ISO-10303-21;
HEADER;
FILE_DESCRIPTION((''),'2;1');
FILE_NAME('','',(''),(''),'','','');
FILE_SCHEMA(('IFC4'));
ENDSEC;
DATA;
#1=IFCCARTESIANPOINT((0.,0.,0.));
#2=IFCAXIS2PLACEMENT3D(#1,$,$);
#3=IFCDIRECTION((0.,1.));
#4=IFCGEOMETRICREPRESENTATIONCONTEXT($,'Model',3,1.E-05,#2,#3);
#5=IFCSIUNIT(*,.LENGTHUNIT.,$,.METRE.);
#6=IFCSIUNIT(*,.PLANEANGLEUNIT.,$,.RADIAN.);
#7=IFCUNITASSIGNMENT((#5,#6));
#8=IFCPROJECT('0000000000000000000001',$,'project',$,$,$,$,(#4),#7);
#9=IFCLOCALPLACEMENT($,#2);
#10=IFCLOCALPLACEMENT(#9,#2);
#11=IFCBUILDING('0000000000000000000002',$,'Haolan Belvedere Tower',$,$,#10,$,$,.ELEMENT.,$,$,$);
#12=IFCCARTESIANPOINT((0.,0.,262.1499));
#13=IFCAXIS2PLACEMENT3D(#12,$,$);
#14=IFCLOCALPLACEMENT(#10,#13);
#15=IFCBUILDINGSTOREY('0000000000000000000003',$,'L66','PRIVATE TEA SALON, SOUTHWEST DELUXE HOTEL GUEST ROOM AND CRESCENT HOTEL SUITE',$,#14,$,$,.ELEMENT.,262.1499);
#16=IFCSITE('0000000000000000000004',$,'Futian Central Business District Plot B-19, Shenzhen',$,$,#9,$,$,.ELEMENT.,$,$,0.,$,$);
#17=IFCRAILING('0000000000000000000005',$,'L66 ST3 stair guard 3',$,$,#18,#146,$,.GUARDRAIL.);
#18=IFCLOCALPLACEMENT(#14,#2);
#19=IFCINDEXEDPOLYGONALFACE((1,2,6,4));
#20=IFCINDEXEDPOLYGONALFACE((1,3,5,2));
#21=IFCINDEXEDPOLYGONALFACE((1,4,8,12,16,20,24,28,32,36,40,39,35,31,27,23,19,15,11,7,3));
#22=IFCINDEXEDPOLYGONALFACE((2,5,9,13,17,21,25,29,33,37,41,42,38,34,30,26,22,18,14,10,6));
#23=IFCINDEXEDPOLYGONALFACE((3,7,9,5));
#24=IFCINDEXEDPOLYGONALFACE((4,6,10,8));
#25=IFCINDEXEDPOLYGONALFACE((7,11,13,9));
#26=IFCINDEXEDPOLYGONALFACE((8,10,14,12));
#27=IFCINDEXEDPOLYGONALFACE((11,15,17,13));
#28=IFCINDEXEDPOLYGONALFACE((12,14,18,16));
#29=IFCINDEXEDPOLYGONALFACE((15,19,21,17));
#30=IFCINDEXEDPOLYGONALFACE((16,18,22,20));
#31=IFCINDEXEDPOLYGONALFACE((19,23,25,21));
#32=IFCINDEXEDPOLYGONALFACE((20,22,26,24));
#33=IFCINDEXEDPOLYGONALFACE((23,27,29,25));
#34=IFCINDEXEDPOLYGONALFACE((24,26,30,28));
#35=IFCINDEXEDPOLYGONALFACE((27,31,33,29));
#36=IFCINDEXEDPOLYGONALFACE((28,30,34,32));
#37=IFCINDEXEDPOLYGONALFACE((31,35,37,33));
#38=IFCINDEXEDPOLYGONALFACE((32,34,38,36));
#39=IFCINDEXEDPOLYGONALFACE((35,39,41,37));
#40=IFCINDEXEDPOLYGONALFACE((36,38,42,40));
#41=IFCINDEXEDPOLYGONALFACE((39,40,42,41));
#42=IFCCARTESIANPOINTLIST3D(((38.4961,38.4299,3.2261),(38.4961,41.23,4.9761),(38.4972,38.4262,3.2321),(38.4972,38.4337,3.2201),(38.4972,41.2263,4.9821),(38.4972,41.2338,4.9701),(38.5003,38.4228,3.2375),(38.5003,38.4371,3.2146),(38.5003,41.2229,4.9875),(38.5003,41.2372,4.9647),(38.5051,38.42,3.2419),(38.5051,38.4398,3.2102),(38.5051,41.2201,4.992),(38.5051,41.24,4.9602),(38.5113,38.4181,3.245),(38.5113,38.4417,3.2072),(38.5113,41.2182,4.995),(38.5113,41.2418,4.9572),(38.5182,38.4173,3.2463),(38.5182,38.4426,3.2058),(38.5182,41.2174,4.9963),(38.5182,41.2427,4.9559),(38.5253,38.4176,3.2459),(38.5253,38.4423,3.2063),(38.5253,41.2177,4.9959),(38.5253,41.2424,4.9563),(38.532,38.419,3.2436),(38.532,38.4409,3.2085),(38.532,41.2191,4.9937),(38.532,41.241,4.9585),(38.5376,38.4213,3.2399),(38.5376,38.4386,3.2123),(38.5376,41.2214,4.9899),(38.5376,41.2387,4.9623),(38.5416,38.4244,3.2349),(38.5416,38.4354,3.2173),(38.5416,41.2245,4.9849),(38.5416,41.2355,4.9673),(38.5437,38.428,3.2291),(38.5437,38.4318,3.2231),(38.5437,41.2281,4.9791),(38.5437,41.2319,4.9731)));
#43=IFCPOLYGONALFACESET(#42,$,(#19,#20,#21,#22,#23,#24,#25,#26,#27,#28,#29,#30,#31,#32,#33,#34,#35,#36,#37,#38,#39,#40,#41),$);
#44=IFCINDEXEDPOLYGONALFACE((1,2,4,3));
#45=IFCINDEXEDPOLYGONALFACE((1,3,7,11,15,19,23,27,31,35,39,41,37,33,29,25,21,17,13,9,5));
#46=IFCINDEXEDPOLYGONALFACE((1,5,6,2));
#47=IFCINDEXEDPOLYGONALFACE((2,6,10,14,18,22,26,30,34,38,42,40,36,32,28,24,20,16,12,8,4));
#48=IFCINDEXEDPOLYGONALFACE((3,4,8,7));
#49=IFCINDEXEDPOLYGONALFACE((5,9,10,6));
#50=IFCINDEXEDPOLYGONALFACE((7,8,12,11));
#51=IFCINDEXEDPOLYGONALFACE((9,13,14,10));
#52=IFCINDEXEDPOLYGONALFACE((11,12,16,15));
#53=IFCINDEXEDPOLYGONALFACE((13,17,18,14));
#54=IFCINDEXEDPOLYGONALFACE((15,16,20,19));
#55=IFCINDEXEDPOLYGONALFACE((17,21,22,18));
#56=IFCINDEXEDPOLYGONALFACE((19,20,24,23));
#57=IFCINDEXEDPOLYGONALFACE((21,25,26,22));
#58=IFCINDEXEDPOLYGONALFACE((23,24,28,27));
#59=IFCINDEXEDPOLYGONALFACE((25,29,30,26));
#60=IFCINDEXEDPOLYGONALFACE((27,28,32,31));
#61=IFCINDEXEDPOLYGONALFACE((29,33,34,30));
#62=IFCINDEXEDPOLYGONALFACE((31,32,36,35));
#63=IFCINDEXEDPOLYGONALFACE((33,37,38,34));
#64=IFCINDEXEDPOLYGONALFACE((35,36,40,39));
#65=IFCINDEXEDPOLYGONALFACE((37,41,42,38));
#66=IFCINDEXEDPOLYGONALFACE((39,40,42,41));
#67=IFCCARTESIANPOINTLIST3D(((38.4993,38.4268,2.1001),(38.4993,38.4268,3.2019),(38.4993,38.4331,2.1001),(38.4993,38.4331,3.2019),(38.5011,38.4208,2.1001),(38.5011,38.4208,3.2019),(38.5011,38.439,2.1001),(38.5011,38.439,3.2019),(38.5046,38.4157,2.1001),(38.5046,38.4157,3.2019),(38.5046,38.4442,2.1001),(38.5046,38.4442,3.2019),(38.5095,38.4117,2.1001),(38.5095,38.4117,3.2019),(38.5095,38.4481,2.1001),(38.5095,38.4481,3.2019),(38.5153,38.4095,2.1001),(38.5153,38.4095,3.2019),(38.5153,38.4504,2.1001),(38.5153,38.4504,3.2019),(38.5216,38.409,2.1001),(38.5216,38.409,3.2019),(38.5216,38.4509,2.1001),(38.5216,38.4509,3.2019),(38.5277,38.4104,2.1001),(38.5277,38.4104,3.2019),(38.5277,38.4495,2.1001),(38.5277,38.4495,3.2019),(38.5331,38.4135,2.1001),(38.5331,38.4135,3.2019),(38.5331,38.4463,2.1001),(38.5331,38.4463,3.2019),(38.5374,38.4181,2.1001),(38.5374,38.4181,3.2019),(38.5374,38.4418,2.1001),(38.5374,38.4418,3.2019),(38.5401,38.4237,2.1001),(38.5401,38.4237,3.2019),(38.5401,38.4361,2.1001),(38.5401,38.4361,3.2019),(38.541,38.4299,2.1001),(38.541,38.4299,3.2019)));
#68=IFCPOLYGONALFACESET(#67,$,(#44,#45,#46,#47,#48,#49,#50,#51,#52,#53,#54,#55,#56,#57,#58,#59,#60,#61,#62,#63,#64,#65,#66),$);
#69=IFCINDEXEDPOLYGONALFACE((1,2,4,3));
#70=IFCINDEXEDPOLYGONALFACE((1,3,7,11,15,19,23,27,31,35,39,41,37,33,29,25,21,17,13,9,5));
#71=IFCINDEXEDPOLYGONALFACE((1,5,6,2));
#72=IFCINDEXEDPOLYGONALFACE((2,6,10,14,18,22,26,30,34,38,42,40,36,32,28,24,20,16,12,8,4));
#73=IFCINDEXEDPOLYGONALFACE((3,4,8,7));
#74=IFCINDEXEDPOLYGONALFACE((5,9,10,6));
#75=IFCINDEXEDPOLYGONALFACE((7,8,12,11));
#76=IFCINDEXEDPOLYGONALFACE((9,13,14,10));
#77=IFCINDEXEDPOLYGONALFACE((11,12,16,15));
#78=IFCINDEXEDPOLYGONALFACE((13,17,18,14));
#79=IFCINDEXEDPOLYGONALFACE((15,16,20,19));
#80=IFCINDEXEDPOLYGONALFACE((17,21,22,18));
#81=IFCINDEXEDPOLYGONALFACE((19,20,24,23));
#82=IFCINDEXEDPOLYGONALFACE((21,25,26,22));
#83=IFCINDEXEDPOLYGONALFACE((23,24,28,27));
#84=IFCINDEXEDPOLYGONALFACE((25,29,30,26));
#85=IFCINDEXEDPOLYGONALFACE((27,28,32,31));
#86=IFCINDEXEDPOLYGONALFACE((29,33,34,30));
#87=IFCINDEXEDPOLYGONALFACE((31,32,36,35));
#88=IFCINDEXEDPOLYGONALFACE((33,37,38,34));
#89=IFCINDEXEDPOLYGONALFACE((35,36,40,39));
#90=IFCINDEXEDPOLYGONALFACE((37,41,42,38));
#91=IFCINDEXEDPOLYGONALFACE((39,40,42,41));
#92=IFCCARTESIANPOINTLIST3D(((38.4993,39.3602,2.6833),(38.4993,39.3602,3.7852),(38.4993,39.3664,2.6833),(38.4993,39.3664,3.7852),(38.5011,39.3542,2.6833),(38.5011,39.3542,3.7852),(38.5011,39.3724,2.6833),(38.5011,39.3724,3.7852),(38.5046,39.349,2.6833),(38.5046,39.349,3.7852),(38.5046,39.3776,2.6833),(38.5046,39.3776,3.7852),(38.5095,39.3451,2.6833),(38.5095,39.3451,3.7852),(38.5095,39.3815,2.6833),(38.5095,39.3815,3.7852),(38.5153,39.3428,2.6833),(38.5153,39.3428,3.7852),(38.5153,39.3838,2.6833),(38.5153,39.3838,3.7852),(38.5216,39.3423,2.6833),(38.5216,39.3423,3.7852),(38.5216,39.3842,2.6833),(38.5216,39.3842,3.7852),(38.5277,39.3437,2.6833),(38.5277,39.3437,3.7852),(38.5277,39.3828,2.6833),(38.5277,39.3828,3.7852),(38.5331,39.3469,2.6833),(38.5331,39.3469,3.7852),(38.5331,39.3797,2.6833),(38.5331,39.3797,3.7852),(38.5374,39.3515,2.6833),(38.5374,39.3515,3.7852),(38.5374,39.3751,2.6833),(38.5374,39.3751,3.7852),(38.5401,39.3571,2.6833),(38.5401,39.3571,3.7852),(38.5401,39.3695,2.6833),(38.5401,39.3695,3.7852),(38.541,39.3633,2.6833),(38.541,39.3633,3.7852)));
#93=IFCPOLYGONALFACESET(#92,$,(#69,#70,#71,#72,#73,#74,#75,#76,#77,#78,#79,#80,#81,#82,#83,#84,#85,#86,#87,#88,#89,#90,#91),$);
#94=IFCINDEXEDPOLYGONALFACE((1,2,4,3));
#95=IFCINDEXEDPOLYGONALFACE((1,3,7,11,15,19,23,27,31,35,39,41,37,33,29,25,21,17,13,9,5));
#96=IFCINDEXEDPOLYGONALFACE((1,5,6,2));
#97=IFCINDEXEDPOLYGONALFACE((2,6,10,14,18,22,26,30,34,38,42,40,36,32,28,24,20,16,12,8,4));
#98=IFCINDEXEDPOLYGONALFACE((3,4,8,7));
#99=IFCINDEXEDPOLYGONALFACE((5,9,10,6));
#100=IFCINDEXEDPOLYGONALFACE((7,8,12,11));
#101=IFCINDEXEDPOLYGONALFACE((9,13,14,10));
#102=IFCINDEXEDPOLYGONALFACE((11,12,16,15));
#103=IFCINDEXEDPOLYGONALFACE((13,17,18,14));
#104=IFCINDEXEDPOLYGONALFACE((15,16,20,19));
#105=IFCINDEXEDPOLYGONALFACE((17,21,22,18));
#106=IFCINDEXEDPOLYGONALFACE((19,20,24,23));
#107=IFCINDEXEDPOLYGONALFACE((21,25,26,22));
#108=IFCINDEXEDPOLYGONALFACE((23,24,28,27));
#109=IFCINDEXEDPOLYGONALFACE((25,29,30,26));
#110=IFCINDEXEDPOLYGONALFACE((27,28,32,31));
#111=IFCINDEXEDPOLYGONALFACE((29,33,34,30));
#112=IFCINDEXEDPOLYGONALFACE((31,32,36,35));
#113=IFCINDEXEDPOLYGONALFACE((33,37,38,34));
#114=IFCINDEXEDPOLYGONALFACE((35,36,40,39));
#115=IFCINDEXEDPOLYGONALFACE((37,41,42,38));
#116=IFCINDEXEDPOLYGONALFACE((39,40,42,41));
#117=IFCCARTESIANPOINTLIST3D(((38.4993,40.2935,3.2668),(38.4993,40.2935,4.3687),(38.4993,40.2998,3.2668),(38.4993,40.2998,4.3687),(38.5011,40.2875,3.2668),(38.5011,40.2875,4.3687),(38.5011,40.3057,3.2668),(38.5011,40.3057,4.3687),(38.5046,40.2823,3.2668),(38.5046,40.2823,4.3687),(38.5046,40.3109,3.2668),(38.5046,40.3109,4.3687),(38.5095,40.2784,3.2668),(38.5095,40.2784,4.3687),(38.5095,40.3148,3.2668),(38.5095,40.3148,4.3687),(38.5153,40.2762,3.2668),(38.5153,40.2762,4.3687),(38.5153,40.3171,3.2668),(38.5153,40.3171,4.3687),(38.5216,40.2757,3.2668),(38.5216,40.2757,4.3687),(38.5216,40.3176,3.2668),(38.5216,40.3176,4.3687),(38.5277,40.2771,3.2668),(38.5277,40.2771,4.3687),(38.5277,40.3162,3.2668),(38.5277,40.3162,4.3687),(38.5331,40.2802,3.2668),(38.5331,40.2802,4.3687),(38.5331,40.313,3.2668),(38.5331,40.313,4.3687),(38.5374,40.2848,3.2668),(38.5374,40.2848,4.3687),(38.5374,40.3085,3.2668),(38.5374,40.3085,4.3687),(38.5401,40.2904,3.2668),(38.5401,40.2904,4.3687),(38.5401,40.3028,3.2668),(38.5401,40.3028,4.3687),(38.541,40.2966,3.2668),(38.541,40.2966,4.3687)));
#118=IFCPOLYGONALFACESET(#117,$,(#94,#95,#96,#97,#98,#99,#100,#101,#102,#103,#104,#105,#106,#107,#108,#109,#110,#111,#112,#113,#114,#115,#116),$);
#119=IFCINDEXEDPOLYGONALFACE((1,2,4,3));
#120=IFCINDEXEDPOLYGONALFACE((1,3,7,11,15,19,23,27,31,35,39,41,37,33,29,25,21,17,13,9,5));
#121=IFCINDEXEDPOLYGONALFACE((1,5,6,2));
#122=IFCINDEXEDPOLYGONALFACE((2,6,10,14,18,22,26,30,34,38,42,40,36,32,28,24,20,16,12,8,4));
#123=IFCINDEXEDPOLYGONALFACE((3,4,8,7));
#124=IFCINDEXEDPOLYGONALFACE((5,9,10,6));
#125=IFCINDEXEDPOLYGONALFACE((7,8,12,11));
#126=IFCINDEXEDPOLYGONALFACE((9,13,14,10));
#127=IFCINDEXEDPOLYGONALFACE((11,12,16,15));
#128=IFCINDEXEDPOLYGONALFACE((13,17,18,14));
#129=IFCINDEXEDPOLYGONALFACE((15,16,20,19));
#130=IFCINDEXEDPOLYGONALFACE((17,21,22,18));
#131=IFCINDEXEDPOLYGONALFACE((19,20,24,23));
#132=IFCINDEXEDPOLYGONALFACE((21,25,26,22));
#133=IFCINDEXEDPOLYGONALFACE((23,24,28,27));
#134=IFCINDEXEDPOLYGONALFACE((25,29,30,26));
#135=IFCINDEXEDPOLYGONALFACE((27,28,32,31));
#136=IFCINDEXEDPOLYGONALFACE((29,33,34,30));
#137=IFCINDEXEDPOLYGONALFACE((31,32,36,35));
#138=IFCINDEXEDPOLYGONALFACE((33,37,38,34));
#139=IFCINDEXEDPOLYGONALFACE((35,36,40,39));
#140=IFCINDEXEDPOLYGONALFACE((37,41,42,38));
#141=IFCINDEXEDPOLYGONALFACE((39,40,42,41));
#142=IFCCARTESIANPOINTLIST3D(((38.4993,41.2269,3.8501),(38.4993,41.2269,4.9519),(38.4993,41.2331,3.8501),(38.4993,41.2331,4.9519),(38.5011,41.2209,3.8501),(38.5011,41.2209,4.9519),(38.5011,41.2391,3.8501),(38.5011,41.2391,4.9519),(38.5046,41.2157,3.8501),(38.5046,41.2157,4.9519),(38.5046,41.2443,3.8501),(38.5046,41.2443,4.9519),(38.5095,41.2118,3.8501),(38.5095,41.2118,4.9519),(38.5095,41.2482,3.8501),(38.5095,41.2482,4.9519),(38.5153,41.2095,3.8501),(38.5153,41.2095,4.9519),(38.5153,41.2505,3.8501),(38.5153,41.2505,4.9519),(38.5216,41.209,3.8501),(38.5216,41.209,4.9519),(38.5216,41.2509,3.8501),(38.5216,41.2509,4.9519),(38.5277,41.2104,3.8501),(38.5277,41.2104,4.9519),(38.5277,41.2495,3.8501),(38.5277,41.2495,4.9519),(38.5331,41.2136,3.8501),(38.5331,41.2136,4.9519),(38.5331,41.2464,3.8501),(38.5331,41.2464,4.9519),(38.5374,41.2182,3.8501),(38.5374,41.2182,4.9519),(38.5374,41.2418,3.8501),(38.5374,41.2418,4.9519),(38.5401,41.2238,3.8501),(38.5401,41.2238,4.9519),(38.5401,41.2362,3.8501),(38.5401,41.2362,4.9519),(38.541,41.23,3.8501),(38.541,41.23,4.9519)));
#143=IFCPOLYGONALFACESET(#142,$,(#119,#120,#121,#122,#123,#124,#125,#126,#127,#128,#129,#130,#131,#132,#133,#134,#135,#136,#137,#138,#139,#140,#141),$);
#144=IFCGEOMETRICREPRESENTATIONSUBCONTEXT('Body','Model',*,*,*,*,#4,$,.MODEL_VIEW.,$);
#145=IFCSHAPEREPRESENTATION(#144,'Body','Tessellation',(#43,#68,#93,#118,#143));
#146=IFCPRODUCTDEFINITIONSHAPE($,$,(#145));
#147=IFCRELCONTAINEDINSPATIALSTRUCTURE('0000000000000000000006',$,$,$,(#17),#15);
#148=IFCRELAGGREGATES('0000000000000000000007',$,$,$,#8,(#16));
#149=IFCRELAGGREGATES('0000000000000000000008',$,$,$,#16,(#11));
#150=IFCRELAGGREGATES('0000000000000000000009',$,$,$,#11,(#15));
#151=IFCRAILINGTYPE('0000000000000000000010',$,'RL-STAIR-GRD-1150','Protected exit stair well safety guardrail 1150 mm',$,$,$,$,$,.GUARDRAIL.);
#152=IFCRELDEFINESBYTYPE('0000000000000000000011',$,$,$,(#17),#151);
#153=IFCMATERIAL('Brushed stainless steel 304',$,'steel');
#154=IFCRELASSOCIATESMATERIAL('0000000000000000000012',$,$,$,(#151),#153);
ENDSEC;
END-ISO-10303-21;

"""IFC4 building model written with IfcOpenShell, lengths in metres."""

from ifc_helpers import new_model, si_unit, direction, frame, origin, origin_2d, place, context, subcontext, project, spatial, circle, extrude, material, type_object, element, save


model = new_model("IFC4")

# Units and contexts
model_context = context("Model", 3, precision=1e-05, world=origin(), true_north=direction((0.0, 1.0)))
body_context = subcontext(model_context, "Body", "Model", "MODEL_VIEW")
ifc_project = project(units=[si_unit("LENGTHUNIT", "METRE"), si_unit("PLANEANGLEUNIT", "RADIAN")], contexts=[model_context])

# Site, building, storey
site_placement = place(None, origin())
site = spatial("IfcSite", under=ifc_project, at=site_placement, Name="Futian Central Business District Plot B-19, Shenzhen", CompositionType="ELEMENT", RefElevation=0.0)
building_placement = place(site_placement, origin())
building = spatial("IfcBuilding", under=site, at=building_placement, Name="Haolan Belvedere Tower", CompositionType="ELEMENT")
storey_placement = place(building_placement, frame((0.0, 0.0, 262.1499)))
storey = spatial("IfcBuildingStorey", under=building, at=storey_placement, Name="L66", Description="PRIVATE TEA SALON, SOUTHWEST DELUXE HOTEL GUEST ROOM AND CRESCENT HOTEL SUITE", CompositionType="ELEMENT", Elevation=262.1499)

# Railing
ifc_material_1 = material(Name="Brushed stainless steel 304", Category="steel")
railing_type_1 = type_object("IfcRailingType", Name="RL-STAIR-GRD-1150", Description="Protected exit stair well safety guardrail 1150 mm", PredefinedType="GUARDRAIL", material=ifc_material_1)
railing_1_placement = place(storey_placement, frame((38.52, 38.4299, 2.1001)))
element("IfcRailing", 1, at=railing_1_placement, inside=storey, type_object=railing_type_1, Name="L66 ST3 stair guard 3", PredefinedType="GUARDRAIL", context=body_context, shape_type="SweptSolid", body=[
    extrude(circle(Radius=0.0239, at=origin_2d()), frame((0.0, 0.0, 1.126), z_axis=(0.0, 0.848002, 0.529992), x_axis=(-1.0, 0.0, 0.0)), (0.0, 0.0, 1.0), 3.302),
    extrude(circle(Radius=0.021, at=origin_2d()), origin(), (0.0, 0.0, 1.0), 1.1018),
    extrude(circle(Radius=0.021, at=origin_2d()), frame((0.0, 0.9333, 0.5833)), (0.0, 0.0, 1.0), 1.1018),
    extrude(circle(Radius=0.021, at=origin_2d()), frame((0.0, 1.8667, 1.1667)), (0.0, 0.0, 1.0), 1.1018),
    extrude(circle(Radius=0.021, at=origin_2d()), frame((0.0, 2.8, 1.75)), (0.0, 0.0, 1.0), 1.1018),
])

save(model, "model.ifc")
